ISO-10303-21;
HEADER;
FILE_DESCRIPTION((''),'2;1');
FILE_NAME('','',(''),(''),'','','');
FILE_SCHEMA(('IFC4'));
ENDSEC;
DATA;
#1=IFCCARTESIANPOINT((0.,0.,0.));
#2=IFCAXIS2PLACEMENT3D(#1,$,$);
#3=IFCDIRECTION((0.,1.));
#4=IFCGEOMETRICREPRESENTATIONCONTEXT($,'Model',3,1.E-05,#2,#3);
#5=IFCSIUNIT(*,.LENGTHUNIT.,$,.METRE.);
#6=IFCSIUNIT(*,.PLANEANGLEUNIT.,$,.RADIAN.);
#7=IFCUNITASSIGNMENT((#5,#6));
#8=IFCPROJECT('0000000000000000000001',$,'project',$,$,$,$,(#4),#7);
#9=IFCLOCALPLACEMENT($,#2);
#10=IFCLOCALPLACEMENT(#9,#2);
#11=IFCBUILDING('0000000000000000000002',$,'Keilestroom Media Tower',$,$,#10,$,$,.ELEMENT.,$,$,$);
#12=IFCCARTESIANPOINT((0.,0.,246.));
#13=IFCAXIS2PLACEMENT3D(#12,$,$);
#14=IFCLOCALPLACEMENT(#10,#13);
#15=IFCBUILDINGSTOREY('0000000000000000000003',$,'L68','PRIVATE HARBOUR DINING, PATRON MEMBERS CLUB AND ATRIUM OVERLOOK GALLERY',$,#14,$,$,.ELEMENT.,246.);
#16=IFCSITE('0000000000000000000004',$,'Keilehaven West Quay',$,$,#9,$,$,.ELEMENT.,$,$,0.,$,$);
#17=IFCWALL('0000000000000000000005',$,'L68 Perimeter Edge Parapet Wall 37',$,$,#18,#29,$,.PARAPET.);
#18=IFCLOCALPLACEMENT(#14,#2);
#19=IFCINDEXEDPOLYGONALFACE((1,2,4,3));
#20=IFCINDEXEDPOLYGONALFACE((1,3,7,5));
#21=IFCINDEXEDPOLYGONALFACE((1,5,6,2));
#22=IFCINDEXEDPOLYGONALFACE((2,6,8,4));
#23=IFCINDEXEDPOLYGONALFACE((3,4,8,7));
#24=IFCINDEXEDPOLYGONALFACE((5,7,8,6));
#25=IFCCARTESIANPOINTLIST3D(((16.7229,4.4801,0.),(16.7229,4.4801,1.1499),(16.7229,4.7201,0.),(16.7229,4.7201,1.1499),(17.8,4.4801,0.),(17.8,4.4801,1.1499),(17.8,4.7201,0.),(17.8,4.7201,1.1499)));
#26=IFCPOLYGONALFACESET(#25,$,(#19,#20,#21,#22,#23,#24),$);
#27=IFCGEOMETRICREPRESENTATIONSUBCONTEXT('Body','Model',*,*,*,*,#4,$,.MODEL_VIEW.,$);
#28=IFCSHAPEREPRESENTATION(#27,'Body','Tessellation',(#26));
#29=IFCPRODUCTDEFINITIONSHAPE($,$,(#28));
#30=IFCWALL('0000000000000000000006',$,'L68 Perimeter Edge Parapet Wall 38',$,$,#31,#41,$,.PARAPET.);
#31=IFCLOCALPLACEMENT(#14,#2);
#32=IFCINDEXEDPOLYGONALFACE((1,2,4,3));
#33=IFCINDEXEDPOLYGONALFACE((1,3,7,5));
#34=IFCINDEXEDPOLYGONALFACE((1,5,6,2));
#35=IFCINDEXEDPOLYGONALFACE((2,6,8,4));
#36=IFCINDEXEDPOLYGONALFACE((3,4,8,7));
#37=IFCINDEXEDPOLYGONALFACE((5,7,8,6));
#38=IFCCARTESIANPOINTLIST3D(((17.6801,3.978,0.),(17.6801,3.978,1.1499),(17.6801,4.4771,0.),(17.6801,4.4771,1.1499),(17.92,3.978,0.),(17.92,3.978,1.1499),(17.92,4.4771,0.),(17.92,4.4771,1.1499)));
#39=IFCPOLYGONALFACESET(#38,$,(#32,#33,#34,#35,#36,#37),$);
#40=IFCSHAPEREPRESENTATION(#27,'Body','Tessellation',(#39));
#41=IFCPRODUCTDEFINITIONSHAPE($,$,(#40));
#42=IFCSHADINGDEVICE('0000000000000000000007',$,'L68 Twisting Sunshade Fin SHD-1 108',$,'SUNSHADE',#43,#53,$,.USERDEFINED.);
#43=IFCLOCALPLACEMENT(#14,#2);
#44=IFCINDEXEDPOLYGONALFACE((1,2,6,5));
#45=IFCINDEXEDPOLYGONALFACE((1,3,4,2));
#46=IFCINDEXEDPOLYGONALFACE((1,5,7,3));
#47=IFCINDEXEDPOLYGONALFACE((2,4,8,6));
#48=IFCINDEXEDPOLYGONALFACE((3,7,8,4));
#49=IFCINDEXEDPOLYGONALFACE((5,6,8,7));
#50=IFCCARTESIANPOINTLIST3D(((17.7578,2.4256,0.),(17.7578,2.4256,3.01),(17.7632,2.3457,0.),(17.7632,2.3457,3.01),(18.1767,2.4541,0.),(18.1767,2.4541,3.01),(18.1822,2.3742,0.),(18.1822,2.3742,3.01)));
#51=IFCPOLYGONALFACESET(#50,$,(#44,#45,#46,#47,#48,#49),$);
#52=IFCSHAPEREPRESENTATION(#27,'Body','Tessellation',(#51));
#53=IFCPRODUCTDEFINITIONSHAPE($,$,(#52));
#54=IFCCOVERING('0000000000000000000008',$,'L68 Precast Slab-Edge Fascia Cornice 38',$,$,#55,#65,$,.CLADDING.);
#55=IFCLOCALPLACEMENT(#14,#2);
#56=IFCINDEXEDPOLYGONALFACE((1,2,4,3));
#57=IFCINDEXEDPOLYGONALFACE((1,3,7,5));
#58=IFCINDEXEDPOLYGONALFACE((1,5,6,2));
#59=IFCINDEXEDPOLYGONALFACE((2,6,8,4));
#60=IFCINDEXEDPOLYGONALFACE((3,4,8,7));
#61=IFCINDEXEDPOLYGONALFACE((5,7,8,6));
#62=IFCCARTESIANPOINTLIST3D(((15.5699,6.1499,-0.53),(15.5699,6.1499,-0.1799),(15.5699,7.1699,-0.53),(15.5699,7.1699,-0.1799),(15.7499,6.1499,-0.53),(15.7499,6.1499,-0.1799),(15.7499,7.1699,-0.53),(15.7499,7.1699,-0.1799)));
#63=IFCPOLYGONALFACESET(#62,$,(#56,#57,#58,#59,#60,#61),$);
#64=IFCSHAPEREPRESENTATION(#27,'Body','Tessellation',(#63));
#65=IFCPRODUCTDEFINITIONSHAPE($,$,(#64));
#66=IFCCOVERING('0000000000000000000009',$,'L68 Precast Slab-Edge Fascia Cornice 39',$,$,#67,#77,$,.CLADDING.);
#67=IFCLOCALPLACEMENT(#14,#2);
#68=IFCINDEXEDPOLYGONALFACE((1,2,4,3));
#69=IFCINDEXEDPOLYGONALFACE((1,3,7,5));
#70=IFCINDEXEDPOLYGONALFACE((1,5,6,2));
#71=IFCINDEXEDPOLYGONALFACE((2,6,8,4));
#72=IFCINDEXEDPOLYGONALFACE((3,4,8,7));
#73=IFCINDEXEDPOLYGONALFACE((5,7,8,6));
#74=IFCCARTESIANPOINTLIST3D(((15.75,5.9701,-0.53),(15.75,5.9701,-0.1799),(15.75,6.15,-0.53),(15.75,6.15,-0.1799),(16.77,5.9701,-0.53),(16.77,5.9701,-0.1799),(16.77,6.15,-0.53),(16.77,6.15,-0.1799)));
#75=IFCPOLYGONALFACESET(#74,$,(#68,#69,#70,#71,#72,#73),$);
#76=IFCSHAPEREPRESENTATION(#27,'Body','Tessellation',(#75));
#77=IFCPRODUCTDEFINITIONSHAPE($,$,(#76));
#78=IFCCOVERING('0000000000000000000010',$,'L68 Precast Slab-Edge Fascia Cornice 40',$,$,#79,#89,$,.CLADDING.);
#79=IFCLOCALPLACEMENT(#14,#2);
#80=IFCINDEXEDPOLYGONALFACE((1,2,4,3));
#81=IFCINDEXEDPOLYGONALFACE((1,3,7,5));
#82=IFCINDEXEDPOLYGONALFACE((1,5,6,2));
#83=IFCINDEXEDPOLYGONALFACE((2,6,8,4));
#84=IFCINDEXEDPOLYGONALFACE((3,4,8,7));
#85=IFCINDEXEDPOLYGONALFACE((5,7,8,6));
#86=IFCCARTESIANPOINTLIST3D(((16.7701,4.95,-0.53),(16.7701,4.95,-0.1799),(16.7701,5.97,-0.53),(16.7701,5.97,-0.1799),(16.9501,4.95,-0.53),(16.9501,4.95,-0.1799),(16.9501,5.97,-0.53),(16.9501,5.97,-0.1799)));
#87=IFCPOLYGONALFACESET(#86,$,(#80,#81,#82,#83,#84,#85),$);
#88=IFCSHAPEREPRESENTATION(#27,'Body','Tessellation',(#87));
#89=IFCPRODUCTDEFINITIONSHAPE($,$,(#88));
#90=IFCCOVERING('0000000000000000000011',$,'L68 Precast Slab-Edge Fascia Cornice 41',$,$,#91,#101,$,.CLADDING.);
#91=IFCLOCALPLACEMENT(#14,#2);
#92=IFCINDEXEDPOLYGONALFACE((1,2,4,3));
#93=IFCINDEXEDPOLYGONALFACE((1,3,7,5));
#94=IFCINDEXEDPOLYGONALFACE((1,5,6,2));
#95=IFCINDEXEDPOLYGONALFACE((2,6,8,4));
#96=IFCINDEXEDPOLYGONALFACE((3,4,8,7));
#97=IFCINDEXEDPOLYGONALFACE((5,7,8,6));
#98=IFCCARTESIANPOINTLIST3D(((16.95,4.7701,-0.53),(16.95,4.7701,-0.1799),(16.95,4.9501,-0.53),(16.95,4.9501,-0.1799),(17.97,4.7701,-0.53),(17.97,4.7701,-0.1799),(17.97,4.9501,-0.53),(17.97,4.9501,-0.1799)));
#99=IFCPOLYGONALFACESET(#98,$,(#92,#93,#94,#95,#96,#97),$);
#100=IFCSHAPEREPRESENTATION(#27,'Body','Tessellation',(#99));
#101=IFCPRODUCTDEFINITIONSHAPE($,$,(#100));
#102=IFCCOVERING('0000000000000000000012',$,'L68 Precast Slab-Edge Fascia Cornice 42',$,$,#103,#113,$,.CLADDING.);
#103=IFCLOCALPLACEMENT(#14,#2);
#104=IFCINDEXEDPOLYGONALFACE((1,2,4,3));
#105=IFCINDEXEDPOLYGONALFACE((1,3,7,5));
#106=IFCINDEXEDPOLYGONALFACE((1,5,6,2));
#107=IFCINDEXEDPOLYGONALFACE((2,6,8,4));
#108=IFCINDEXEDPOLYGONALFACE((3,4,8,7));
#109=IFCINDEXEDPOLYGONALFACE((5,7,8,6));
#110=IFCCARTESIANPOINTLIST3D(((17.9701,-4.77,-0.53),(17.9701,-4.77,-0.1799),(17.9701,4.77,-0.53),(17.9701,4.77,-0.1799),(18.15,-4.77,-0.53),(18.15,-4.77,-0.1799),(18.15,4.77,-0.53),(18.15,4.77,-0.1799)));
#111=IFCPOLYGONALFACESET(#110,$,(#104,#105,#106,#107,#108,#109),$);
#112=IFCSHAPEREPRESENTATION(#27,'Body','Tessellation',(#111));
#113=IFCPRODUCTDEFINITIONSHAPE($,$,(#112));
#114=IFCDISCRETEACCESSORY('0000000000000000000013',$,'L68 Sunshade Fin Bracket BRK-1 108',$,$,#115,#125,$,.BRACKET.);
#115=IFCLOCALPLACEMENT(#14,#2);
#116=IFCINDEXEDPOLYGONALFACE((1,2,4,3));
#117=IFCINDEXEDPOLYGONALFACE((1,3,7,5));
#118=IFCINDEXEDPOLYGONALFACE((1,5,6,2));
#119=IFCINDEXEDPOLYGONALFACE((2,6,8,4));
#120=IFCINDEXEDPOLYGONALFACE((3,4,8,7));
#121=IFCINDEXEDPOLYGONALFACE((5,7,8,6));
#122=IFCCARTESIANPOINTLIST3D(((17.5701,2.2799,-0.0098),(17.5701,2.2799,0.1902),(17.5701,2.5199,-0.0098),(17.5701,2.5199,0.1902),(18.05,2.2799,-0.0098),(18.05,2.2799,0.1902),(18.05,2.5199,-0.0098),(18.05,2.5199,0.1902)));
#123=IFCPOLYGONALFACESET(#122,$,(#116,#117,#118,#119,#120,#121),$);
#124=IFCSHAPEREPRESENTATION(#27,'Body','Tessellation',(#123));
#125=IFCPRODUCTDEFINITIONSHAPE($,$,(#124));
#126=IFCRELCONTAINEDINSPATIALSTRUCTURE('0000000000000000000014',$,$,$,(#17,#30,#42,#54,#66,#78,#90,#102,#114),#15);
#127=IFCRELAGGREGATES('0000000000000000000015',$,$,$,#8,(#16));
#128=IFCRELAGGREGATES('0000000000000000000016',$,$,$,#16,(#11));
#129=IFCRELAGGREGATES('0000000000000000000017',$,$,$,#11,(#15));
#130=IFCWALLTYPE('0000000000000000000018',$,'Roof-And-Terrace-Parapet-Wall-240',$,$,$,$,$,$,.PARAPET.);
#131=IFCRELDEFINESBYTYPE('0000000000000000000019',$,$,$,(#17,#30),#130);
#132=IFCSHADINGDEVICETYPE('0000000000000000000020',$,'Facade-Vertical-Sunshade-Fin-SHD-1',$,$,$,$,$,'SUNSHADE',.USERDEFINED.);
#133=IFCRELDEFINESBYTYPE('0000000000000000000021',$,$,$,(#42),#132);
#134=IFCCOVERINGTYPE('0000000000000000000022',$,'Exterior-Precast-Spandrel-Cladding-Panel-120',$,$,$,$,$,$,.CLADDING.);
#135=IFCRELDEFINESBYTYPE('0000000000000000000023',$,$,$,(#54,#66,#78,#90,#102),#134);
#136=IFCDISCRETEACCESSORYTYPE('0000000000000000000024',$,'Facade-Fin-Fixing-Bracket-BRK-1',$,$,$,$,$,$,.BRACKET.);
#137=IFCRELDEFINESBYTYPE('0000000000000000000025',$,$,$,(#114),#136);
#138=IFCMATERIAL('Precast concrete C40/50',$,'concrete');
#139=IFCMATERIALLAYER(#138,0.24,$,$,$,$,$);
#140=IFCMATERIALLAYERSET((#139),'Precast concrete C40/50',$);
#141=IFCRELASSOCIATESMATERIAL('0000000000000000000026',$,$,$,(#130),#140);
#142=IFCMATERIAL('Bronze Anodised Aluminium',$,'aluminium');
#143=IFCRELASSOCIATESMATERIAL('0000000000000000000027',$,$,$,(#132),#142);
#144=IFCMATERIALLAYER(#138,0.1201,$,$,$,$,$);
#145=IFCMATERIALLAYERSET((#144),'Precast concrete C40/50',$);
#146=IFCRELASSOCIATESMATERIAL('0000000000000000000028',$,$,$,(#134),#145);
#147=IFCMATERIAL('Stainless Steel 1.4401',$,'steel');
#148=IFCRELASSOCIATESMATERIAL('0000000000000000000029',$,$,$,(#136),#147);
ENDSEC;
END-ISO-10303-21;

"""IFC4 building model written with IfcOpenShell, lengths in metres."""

from ifc_helpers import new_model, si_unit, direction, frame, frame_2d, origin, origin_2d, place, context, subcontext, project, spatial, rectangle, extrude, source, transform, mapped, material, layer, layer_set, type_object, element, save


model = new_model("IFC4")

# Units and contexts
model_context = context("Model", 3, precision=1e-05, world=origin(), true_north=direction((0.0, 1.0)))
body_context = subcontext(model_context, "Body", "Model", "MODEL_VIEW")
ifc_project = project(units=[si_unit("LENGTHUNIT", "METRE"), si_unit("PLANEANGLEUNIT", "RADIAN")], contexts=[model_context])

# Site, building, storey
site_placement = place(None, origin())
site = spatial("IfcSite", under=ifc_project, at=site_placement, Name="Keilehaven West Quay", CompositionType="ELEMENT", RefElevation=0.0)
building_placement = place(site_placement, origin())
building = spatial("IfcBuilding", under=site, at=building_placement, Name="Keilestroom Media Tower", CompositionType="ELEMENT")
storey_placement = place(building_placement, frame((0.0, 0.0, 246.0)))
storey = spatial("IfcBuildingStorey", under=building, at=storey_placement, Name="L68", Description="PRIVATE HARBOUR DINING, PATRON MEMBERS CLUB AND ATRIUM OVERLOOK GALLERY", CompositionType="ELEMENT", Elevation=246.0)

# Shared definitions
ifc_material_1 = material(Name="Precast concrete C40/50", Category="concrete")

# Walls
ifc_layer_1 = layer(ifc_material_1, 0.24)
ifc_layer_set_1 = layer_set([ifc_layer_1], Name="Precast concrete C40/50")
wall_type = type_object("IfcWallType", Name="Roof-And-Terrace-Parapet-Wall-240", PredefinedType="PARAPET", material=ifc_layer_set_1)
wall_1_placement = place(storey_placement, frame((16.7229, 4.6001, 0.0), z_axis=(0.0, 0.0, 1.0), x_axis=(1.0, 0.0, 0.0)))
element("IfcWall", 1, at=wall_1_placement, inside=storey, type_object=wall_type, Name="L68 Perimeter Edge Parapet Wall 37", PredefinedType="PARAPET", context=body_context, shape_type="SweptSolid", body=[
    extrude(rectangle(XDim=1.0771, YDim=0.24, at=frame_2d((0.5386, 0.0))), origin(), (0.0, 0.0, 1.0), 1.1499),
])
wall_2_placement = place(storey_placement, frame((17.8, 4.4771, 0.0), z_axis=(0.0, 0.0, 1.0), x_axis=(0.0, -1.0, 0.0)))
element("IfcWall", 2, at=wall_2_placement, inside=storey, type_object=wall_type, Name="L68 Perimeter Edge Parapet Wall 38", PredefinedType="PARAPET", context=body_context, shape_type="SweptSolid", body=[
    extrude(rectangle(XDim=0.499, YDim=0.24, at=frame_2d((0.2495, 0.0))), origin(), (0.0, 0.0, 1.0), 1.1499),
])

# Shading device
ifc_material_2 = material(Name="Bronze Anodised Aluminium", Category="aluminium")
shading_device_type = type_object("IfcShadingDeviceType", Name="Facade-Vertical-Sunshade-Fin-SHD-1", ElementType="SUNSHADE", PredefinedType="USERDEFINED", material=ifc_material_2)
shared_shape_1 = source(origin(), body_context, "Body", "SweptSolid", [
    extrude(rectangle(XDim=0.4199, YDim=0.0801, at=origin_2d()), origin(), (0.0, 0.0, 1.0), 3.01),
])
shading_device_placement = place(storey_placement, frame((17.97, 2.3999, 0.0), z_axis=(0.0, 0.0, 1.0), x_axis=(0.997684, 0.068015, 0.0)))
element("IfcShadingDevice", 3, at=shading_device_placement, inside=storey, type_object=shading_device_type, Name="L68 Twisting Sunshade Fin SHD-1 108", ObjectType="SUNSHADE", PredefinedType="USERDEFINED", context=body_context, shape_type="MappedRepresentation", body=[
    mapped(shared_shape_1, transform((0.0, 0.0, 0.0), x_axis=(1.0, 0.0, 0.0), y_axis=(0.0, 1.0, 0.0), z_axis=(0.0, 0.0, 1.0), scale=1.0)),
])

# Coverings
ifc_layer_2 = layer(ifc_material_1, 0.1201)
ifc_layer_set_2 = layer_set([ifc_layer_2], Name="Precast concrete C40/50")
covering_type = type_object("IfcCoveringType", Name="Exterior-Precast-Spandrel-Cladding-Panel-120", PredefinedType="CLADDING", material=ifc_layer_set_2)
shared_shape_2 = source(origin(), body_context, "Body", "SweptSolid", [
    extrude(rectangle(XDim=1.02, YDim=0.1799, at=origin_2d()), origin(), (0.0, 0.0, 1.0), 0.3501),
])
for number, where, z_axis, x_axis, name in (
    (4, (15.6599, 6.6599, -0.53), (0.0, 0.0, 1.0), (0.0, -1.0, 0.0), "L68 Precast Slab-Edge Fascia Cornice 38"),
    (5, (16.26, 6.0601, -0.53), (0.0, 0.0, 1.0), (1.0, 0.0, 0.0), "L68 Precast Slab-Edge Fascia Cornice 39"),
    (6, (16.8601, 5.46, -0.53), (0.0, 0.0, 1.0), (0.0, -1.0, 0.0), "L68 Precast Slab-Edge Fascia Cornice 40"),
    (7, (17.46, 4.8601, -0.53), (0.0, 0.0, 1.0), (1.0, 0.0, 0.0), "L68 Precast Slab-Edge Fascia Cornice 41"),
):
    element("IfcCovering", number, at=place(storey_placement, frame(where, z_axis=z_axis, x_axis=x_axis)), inside=storey, type_object=covering_type, Name=name, PredefinedType="CLADDING", context=body_context, shape_type="MappedRepresentation", body=[
        mapped(shared_shape_2, transform((0.0, 0.0, 0.0), x_axis=(1.0, 0.0, 0.0), y_axis=(0.0, 1.0, 0.0), z_axis=(0.0, 0.0, 1.0), scale=1.0)),
    ])
shared_shape_3 = source(origin(), body_context, "Body", "SweptSolid", [
    extrude(rectangle(XDim=9.54, YDim=0.1799, at=origin_2d()), origin(), (0.0, 0.0, 1.0), 0.3501),
])
covering_placement = place(storey_placement, frame((18.0601, 0.0, -0.53), z_axis=(0.0, 0.0, 1.0), x_axis=(0.0, -1.0, 0.0)))
element("IfcCovering", 8, at=covering_placement, inside=storey, type_object=covering_type, Name="L68 Precast Slab-Edge Fascia Cornice 42", PredefinedType="CLADDING", context=body_context, shape_type="MappedRepresentation", body=[
    mapped(shared_shape_3, transform((0.0, 0.0, 0.0), x_axis=(1.0, 0.0, 0.0), y_axis=(0.0, 1.0, 0.0), z_axis=(0.0, 0.0, 1.0), scale=1.0)),
])

# Discrete accessory
ifc_material_3 = material(Name="Stainless Steel 1.4401", Category="steel")
discrete_accessory_type = type_object("IfcDiscreteAccessoryType", Name="Facade-Fin-Fixing-Bracket-BRK-1", PredefinedType="BRACKET", material=ifc_material_3)
shared_shape_4 = source(origin(), body_context, "Body", "SweptSolid", [
    extrude(rectangle(XDim=0.48, YDim=0.24, at=origin_2d()), origin(), (0.0, 0.0, 1.0), 0.2),
])
discrete_accessory_placement = place(storey_placement, frame((17.8101, 2.3999, -0.0098), z_axis=(0.0, 0.0, 1.0), x_axis=(1.0, 0.0, 0.0)))
element("IfcDiscreteAccessory", 9, at=discrete_accessory_placement, inside=storey, type_object=discrete_accessory_type, Name="L68 Sunshade Fin Bracket BRK-1 108", PredefinedType="BRACKET", context=body_context, shape_type="MappedRepresentation", body=[
    mapped(shared_shape_4, transform((0.0, 0.0, 0.0), x_axis=(1.0, 0.0, 0.0), y_axis=(0.0, 1.0, 0.0), z_axis=(0.0, 0.0, 1.0), scale=1.0)),
])

save(model, "model.ifc")
